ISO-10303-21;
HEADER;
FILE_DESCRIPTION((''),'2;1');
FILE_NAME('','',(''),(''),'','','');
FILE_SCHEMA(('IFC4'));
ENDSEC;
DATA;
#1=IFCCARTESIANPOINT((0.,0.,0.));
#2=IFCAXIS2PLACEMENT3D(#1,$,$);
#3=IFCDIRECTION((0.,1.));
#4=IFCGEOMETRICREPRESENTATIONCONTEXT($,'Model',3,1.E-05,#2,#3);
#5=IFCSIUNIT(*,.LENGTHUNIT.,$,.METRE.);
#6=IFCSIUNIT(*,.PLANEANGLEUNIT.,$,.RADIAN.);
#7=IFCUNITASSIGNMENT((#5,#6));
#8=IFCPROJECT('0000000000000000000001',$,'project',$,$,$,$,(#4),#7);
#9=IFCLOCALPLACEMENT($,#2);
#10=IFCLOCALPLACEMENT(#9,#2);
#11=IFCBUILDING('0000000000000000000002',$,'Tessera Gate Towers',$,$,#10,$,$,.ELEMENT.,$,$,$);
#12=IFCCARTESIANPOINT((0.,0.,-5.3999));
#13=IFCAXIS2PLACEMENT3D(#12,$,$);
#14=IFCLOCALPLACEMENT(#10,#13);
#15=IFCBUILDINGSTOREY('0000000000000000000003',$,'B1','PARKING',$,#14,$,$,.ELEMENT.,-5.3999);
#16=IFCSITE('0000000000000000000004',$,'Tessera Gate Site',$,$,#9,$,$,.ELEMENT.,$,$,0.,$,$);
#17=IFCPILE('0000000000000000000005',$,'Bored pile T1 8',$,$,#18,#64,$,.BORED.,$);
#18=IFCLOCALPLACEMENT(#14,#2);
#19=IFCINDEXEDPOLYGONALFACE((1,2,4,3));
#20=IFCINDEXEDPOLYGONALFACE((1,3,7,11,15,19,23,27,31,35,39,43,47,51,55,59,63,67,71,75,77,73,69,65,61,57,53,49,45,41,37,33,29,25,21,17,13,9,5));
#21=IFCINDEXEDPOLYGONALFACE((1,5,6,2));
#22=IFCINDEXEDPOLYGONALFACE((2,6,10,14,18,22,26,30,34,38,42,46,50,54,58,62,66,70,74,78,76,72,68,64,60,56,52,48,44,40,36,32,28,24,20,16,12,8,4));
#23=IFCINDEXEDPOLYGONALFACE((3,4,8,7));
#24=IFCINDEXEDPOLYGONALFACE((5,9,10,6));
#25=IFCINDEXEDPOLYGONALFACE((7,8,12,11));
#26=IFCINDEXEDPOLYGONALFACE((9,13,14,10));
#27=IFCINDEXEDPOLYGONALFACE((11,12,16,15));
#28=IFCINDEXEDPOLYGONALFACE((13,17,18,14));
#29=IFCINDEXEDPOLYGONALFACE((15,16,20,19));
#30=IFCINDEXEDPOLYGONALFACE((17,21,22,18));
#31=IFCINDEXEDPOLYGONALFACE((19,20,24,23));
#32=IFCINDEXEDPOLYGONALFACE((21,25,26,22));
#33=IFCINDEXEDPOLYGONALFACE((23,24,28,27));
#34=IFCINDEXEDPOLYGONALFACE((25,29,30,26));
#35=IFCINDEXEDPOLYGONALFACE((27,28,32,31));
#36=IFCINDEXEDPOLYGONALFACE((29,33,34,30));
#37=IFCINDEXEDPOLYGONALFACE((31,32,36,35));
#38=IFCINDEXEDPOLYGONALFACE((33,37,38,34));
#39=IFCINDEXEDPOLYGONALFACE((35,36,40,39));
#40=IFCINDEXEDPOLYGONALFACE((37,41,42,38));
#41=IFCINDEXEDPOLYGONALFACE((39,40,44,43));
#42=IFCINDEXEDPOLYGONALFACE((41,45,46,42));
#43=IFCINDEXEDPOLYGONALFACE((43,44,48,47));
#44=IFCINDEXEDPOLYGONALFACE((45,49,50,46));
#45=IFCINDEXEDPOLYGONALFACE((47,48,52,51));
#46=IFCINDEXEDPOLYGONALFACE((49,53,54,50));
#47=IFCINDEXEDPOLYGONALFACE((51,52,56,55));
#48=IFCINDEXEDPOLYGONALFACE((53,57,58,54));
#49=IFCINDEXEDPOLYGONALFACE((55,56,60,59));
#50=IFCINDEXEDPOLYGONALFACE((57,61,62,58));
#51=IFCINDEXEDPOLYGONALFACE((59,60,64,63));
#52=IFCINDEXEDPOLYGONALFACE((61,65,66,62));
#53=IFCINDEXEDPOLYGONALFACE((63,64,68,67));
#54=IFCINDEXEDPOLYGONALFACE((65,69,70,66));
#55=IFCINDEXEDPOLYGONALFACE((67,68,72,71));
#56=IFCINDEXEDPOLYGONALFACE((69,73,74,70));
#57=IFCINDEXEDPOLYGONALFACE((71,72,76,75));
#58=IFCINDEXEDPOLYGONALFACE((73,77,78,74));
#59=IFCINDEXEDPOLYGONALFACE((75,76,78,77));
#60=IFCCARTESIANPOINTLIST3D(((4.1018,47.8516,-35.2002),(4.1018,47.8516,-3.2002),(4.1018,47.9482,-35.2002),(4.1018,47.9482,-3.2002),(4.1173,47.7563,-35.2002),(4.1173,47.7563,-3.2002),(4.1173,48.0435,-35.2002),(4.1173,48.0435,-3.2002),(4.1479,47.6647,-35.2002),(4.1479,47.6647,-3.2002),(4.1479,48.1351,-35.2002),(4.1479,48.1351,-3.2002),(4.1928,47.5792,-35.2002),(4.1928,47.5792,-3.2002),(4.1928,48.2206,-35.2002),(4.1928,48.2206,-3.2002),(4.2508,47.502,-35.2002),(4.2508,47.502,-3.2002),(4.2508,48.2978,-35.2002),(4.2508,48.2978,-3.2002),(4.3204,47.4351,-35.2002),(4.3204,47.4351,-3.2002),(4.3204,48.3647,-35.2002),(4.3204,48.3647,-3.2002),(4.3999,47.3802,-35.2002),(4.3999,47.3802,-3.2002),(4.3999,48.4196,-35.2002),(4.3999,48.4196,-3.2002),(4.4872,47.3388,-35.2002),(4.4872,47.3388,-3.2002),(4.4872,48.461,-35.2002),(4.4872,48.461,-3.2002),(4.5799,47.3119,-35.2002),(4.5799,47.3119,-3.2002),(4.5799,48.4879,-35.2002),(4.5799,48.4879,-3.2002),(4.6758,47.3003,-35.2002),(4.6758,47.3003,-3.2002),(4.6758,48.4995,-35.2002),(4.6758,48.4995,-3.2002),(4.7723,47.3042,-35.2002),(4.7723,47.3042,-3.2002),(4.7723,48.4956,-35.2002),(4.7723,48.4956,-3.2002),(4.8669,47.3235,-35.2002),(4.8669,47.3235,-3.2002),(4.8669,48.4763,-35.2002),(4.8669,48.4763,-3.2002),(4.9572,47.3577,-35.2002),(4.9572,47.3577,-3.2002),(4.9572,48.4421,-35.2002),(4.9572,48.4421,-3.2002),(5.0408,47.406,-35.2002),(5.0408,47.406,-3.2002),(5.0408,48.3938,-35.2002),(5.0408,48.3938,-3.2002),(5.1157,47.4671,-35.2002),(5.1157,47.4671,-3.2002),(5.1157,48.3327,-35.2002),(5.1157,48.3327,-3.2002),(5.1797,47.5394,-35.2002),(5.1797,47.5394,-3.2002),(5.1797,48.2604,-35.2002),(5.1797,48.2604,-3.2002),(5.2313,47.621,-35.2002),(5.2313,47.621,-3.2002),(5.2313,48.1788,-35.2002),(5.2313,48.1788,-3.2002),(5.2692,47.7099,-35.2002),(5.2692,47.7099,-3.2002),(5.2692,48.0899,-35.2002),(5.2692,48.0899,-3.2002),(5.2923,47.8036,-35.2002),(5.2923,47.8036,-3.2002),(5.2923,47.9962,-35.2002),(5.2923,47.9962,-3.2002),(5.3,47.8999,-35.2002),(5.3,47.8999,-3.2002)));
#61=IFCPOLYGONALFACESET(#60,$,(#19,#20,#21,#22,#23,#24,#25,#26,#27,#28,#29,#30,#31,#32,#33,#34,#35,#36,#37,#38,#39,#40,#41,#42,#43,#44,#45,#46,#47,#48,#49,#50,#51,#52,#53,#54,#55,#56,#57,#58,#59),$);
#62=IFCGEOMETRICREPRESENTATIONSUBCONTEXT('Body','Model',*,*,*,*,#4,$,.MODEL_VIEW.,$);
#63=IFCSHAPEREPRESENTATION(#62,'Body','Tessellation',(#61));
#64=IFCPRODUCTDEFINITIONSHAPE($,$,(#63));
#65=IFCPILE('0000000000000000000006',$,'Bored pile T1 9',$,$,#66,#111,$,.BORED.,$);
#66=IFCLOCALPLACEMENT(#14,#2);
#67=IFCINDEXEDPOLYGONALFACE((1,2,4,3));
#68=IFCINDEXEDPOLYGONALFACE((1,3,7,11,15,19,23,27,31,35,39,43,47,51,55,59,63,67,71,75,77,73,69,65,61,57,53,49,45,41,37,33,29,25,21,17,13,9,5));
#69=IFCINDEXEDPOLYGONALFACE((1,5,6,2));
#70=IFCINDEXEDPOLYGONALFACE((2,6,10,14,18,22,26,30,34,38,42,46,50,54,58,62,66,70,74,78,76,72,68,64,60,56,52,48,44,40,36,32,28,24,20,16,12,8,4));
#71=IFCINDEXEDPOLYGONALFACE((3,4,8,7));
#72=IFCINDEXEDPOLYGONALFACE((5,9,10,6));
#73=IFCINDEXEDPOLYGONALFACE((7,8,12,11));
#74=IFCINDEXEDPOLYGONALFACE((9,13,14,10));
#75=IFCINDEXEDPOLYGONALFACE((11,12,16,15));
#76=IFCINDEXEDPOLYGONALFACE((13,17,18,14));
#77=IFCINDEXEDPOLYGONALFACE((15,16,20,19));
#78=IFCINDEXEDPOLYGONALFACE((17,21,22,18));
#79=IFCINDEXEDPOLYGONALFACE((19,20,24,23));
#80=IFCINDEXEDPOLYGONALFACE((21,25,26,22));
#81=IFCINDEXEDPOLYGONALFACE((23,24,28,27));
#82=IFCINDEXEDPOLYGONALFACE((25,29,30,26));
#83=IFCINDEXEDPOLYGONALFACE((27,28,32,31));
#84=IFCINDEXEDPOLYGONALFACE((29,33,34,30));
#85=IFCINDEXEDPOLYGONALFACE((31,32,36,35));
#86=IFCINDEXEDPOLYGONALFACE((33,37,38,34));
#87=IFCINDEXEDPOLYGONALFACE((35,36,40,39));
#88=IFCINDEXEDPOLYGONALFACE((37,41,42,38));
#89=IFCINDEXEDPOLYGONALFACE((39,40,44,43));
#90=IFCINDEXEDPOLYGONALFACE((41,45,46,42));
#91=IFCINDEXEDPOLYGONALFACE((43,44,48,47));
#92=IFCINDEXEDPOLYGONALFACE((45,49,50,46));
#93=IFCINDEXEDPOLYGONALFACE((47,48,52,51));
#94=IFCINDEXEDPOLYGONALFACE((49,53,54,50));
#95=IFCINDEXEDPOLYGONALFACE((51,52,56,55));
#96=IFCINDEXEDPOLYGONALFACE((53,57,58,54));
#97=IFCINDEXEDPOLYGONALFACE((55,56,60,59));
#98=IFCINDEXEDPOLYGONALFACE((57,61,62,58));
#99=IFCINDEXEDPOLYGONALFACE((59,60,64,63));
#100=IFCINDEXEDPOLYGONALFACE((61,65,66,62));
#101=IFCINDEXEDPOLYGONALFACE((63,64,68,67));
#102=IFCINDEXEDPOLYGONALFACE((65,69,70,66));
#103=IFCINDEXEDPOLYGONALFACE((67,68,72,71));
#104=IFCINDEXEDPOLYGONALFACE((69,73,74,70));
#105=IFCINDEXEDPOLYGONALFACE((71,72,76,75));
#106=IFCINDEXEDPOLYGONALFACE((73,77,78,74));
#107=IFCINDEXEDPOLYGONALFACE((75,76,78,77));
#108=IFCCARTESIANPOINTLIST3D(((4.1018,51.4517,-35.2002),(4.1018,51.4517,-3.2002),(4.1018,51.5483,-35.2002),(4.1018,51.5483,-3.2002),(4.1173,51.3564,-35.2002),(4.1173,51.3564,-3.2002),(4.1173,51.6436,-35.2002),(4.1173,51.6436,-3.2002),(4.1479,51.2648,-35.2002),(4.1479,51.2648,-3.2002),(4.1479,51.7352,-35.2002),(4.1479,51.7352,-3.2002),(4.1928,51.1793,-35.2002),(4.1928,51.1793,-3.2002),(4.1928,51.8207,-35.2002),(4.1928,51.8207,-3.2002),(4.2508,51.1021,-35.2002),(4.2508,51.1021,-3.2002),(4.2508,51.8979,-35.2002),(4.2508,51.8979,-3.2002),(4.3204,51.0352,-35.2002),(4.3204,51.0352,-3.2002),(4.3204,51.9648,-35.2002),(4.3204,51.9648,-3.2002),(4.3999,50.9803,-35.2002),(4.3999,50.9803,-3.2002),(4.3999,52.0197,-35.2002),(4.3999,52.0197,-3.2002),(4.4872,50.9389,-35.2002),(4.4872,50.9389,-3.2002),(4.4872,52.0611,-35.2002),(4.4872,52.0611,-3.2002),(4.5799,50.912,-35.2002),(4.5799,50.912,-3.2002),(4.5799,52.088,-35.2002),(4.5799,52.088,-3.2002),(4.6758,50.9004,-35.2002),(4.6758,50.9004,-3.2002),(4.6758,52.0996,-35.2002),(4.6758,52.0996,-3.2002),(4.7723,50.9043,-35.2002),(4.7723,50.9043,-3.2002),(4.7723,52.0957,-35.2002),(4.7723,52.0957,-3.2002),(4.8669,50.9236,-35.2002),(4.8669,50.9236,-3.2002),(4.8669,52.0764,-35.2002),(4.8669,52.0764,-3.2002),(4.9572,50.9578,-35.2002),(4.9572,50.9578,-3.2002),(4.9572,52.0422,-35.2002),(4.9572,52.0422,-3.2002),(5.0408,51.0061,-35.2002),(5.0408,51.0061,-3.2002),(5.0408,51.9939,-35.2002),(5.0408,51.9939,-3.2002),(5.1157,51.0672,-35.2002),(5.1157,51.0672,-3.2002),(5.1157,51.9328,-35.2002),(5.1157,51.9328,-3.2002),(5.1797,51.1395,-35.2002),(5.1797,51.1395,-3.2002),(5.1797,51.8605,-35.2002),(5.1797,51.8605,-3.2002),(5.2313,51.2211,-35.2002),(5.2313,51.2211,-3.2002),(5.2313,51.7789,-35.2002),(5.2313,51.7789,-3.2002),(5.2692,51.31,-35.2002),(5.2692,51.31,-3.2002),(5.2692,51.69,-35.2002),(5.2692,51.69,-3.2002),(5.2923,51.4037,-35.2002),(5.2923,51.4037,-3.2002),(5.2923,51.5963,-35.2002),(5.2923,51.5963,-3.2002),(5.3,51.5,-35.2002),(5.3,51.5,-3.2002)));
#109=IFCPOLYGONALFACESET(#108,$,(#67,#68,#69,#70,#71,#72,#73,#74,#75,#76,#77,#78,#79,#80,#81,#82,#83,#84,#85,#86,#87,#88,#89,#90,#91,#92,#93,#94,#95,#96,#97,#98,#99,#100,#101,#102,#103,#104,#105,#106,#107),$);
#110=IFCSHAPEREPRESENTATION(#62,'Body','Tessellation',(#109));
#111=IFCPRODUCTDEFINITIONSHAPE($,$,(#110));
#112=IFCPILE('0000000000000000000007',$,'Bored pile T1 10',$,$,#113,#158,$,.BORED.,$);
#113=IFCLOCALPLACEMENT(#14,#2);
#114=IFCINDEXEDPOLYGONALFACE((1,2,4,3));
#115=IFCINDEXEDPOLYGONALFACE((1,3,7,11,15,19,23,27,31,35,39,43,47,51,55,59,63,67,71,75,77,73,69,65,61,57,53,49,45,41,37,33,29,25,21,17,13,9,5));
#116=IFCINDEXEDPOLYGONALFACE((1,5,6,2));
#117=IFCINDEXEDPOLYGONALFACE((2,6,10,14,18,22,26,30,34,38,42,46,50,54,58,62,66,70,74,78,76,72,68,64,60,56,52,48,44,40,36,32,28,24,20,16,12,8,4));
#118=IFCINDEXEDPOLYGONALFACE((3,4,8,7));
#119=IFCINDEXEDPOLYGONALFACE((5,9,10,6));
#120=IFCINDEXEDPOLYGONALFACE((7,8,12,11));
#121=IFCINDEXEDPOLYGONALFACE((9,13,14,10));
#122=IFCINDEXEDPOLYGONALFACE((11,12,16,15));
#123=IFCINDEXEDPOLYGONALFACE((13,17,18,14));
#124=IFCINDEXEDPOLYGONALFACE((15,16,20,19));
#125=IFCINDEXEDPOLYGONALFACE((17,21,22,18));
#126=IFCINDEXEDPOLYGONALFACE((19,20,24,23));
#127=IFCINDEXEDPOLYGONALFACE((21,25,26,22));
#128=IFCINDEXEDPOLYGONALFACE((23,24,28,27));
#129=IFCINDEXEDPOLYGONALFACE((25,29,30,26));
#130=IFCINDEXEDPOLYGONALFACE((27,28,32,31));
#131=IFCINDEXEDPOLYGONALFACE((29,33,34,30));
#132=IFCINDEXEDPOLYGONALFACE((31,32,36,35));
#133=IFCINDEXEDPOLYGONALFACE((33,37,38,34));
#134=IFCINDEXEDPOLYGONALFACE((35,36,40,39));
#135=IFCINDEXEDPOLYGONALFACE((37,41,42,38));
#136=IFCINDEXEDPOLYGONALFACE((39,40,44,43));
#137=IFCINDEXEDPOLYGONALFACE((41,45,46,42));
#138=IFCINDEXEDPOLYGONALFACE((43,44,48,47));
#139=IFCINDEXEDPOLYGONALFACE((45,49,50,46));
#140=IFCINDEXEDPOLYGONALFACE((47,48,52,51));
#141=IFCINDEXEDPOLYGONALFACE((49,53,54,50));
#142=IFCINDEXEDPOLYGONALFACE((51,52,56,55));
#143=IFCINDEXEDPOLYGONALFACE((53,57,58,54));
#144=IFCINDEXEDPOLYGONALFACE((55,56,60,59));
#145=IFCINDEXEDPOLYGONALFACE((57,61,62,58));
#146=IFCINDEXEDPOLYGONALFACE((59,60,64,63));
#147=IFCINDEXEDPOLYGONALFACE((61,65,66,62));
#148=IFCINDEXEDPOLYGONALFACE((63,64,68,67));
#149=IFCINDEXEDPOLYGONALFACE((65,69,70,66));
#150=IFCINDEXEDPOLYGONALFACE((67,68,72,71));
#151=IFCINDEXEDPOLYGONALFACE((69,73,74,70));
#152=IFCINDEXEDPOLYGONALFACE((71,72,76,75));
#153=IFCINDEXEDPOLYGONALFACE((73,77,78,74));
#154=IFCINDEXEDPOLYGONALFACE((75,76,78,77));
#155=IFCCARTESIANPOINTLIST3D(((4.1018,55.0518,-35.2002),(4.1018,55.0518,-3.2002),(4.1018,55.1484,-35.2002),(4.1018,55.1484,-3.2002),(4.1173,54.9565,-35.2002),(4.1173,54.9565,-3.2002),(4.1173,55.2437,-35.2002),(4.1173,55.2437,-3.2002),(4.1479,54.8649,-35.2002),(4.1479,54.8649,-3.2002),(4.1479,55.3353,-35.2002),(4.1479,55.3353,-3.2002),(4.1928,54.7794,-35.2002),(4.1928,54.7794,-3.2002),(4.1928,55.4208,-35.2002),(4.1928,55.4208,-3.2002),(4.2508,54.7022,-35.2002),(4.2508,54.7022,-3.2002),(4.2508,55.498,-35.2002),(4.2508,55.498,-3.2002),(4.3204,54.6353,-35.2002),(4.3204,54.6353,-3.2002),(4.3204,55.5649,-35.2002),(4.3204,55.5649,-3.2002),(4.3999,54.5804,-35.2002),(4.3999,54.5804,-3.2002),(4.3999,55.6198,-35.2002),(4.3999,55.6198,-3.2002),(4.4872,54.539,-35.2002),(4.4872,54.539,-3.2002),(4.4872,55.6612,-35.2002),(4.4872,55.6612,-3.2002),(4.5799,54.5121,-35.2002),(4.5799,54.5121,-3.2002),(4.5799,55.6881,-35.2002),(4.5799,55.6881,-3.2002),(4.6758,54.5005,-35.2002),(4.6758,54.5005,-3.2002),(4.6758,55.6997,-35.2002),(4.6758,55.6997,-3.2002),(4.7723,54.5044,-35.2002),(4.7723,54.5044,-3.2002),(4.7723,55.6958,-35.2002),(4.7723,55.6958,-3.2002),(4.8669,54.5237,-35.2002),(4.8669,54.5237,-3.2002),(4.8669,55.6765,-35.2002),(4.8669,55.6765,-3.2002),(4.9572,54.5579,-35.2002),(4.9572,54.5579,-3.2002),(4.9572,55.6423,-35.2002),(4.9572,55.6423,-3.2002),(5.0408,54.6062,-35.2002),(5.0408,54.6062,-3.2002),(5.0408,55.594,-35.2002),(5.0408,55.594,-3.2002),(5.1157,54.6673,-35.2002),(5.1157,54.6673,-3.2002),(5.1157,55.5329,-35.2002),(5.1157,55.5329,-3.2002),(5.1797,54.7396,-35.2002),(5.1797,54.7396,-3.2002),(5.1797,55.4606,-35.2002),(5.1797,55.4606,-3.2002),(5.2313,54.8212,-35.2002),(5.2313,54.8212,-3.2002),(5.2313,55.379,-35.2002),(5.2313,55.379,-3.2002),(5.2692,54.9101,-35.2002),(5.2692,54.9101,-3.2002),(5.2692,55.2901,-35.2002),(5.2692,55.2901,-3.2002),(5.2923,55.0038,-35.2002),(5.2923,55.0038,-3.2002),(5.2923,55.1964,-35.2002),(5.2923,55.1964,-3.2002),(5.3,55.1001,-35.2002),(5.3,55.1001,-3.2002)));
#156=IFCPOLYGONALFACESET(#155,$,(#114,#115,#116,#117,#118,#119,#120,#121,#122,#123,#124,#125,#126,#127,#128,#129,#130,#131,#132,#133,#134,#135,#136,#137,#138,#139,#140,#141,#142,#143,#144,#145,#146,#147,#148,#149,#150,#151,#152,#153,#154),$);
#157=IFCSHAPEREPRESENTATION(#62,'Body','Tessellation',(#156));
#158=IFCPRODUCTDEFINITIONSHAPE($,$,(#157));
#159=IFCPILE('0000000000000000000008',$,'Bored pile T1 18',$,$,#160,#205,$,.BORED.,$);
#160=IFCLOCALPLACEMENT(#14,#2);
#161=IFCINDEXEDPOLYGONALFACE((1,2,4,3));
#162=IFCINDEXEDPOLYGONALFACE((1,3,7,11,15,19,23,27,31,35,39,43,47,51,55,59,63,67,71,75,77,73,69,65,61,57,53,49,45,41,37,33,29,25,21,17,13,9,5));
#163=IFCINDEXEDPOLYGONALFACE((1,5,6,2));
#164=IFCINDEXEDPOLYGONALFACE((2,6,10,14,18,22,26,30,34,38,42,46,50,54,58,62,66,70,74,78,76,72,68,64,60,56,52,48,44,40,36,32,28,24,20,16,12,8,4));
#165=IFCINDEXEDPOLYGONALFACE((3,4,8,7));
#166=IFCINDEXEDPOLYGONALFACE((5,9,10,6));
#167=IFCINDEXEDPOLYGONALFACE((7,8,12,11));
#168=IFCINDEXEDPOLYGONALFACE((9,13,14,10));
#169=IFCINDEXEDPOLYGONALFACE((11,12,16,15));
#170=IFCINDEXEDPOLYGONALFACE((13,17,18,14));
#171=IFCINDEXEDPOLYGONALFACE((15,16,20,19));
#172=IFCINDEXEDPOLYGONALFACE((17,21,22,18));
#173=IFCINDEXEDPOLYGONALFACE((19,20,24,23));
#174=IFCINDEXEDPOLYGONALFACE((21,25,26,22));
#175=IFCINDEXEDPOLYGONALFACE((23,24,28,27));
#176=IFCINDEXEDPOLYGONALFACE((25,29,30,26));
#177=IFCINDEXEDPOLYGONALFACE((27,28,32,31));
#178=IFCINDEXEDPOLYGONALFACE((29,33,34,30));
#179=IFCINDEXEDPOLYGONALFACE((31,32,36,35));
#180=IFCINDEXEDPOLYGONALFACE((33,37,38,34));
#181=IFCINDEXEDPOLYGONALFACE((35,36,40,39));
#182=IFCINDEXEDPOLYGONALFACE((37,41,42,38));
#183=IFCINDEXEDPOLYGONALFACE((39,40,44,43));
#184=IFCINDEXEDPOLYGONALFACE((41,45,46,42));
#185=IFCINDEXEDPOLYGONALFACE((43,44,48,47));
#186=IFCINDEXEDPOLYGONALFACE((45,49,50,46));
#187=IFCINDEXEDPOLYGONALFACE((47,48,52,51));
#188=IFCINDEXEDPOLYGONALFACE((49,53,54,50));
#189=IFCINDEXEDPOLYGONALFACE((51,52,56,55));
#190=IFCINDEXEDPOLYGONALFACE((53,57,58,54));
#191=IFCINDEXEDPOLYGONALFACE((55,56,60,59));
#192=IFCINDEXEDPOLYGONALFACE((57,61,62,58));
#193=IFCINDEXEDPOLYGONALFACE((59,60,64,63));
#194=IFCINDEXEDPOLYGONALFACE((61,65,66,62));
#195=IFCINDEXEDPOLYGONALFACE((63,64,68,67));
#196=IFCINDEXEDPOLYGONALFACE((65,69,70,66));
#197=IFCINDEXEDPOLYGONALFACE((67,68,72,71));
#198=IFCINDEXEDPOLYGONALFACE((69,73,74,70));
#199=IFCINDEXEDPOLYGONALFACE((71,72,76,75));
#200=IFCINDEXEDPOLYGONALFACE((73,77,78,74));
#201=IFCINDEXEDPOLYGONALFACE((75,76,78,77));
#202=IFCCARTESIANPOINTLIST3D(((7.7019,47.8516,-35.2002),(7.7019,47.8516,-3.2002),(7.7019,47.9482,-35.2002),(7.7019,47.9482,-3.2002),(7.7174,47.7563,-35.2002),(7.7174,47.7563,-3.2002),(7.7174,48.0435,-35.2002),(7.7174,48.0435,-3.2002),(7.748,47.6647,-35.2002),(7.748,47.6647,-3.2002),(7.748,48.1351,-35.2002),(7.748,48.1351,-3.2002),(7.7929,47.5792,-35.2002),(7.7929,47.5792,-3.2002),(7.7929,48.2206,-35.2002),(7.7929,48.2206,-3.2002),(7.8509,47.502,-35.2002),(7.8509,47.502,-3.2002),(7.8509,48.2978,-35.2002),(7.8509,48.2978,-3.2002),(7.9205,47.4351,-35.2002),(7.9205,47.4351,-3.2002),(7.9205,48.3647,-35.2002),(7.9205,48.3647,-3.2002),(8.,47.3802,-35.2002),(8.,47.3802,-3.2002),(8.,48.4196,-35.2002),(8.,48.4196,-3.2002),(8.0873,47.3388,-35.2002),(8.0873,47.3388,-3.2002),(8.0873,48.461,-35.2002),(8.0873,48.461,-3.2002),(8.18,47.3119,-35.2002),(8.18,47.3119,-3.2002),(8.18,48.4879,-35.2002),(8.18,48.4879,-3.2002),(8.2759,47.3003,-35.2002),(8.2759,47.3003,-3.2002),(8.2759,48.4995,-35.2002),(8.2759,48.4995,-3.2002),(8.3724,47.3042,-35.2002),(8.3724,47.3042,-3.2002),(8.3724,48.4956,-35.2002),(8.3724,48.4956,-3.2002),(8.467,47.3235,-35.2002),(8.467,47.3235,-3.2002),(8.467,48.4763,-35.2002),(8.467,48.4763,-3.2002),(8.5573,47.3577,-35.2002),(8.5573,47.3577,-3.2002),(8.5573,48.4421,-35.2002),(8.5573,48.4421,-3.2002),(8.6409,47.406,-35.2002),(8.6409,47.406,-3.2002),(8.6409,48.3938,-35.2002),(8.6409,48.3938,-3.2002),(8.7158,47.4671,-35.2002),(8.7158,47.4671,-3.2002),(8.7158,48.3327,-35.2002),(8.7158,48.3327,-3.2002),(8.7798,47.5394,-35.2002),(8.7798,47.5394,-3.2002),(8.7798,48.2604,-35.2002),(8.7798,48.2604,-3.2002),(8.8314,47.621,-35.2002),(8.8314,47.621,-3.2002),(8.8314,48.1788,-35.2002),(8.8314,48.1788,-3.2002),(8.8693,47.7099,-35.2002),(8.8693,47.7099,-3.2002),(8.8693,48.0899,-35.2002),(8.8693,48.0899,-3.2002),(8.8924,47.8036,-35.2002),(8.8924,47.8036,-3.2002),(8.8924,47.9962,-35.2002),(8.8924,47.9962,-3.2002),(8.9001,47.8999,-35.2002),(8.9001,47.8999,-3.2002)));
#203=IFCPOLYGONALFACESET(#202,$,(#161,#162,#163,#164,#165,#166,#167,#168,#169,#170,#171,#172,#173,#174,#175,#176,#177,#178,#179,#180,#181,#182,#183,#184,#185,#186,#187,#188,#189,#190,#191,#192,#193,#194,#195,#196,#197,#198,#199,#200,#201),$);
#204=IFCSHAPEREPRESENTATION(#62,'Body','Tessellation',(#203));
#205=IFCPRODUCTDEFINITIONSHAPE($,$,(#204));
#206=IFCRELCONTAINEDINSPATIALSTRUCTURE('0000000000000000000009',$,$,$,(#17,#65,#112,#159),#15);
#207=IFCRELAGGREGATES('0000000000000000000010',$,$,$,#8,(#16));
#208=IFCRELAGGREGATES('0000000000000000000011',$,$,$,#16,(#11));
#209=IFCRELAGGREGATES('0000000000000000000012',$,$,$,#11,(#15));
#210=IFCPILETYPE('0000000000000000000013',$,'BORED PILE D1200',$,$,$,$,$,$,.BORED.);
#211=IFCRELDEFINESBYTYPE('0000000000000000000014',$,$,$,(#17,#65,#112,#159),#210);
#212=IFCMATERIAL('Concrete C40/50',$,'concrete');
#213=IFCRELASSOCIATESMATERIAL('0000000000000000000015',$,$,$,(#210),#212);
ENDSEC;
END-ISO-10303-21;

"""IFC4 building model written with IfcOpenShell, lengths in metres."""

from ifc_helpers import new_model, si_unit, direction, frame, origin, origin_2d, place, context, subcontext, project, spatial, circle, extrude, material, material_profile, profile_set, type_object, element, save


model = new_model("IFC4")

# Units and contexts
model_context = context("Model", 3, precision=1e-05, world=origin(), true_north=direction((0.0, 1.0)))
body_context = subcontext(model_context, "Body", "Model", "MODEL_VIEW")
ifc_project = project(units=[si_unit("LENGTHUNIT", "METRE"), si_unit("PLANEANGLEUNIT", "RADIAN")], contexts=[model_context])

# Site, building, storey
site_placement = place(None, origin())
site = spatial("IfcSite", under=ifc_project, at=site_placement, Name="Tessera Gate Site", CompositionType="ELEMENT", RefElevation=0.0)
building_placement = place(site_placement, origin())
building = spatial("IfcBuilding", under=site, at=building_placement, Name="Tessera Gate Towers", CompositionType="ELEMENT")
storey_placement = place(building_placement, frame((0.0, 0.0, -5.3999)))
storey = spatial("IfcBuildingStorey", under=building, at=storey_placement, Name="B1", Description="PARKING", CompositionType="ELEMENT", Elevation=-5.3999)

# Piles
ifc_material_1 = material(Name="Concrete C40/50", Category="concrete")
ifc_material_profile_1 = material_profile(ifc_material_1, circle(Radius=0.6001, at=origin_2d()), Name="BORED PILE D1200")
ifc_profile_set_1 = profile_set([ifc_material_profile_1], Name="Concrete C40/50")
pile_type = type_object("IfcPileType", Name="BORED PILE D1200", PredefinedType="BORED", material=ifc_profile_set_1)
for number, where, z_axis, x_axis, name in (
    (1, (4.7, 47.8999, -3.2002), (0.0, 0.0, -1.0), (1.0, 0.0, 0.0), "Bored pile T1 8"),
    (2, (4.7, 51.5, -3.2002), (0.0, 0.0, -1.0), (1.0, 0.0, 0.0), "Bored pile T1 9"),
    (3, (4.7, 55.1001, -3.2002), (0.0, 0.0, -1.0), (1.0, 0.0, 0.0), "Bored pile T1 10"),
    (4, (8.3, 47.8999, -3.2002), (0.0, 0.0, -1.0), (1.0, 0.0, 0.0), "Bored pile T1 18"),
):
    element("IfcPile", number, at=place(storey_placement, frame(where, z_axis=z_axis, x_axis=x_axis)), inside=storey, type_object=pile_type, Name=name, PredefinedType="BORED", context=body_context, shape_type="SweptSolid", body=[
        extrude(circle(Radius=0.6001, at=origin_2d()), origin(), (0.0, 0.0, 1.0), 32.0),
    ])

save(model, "model.ifc")
